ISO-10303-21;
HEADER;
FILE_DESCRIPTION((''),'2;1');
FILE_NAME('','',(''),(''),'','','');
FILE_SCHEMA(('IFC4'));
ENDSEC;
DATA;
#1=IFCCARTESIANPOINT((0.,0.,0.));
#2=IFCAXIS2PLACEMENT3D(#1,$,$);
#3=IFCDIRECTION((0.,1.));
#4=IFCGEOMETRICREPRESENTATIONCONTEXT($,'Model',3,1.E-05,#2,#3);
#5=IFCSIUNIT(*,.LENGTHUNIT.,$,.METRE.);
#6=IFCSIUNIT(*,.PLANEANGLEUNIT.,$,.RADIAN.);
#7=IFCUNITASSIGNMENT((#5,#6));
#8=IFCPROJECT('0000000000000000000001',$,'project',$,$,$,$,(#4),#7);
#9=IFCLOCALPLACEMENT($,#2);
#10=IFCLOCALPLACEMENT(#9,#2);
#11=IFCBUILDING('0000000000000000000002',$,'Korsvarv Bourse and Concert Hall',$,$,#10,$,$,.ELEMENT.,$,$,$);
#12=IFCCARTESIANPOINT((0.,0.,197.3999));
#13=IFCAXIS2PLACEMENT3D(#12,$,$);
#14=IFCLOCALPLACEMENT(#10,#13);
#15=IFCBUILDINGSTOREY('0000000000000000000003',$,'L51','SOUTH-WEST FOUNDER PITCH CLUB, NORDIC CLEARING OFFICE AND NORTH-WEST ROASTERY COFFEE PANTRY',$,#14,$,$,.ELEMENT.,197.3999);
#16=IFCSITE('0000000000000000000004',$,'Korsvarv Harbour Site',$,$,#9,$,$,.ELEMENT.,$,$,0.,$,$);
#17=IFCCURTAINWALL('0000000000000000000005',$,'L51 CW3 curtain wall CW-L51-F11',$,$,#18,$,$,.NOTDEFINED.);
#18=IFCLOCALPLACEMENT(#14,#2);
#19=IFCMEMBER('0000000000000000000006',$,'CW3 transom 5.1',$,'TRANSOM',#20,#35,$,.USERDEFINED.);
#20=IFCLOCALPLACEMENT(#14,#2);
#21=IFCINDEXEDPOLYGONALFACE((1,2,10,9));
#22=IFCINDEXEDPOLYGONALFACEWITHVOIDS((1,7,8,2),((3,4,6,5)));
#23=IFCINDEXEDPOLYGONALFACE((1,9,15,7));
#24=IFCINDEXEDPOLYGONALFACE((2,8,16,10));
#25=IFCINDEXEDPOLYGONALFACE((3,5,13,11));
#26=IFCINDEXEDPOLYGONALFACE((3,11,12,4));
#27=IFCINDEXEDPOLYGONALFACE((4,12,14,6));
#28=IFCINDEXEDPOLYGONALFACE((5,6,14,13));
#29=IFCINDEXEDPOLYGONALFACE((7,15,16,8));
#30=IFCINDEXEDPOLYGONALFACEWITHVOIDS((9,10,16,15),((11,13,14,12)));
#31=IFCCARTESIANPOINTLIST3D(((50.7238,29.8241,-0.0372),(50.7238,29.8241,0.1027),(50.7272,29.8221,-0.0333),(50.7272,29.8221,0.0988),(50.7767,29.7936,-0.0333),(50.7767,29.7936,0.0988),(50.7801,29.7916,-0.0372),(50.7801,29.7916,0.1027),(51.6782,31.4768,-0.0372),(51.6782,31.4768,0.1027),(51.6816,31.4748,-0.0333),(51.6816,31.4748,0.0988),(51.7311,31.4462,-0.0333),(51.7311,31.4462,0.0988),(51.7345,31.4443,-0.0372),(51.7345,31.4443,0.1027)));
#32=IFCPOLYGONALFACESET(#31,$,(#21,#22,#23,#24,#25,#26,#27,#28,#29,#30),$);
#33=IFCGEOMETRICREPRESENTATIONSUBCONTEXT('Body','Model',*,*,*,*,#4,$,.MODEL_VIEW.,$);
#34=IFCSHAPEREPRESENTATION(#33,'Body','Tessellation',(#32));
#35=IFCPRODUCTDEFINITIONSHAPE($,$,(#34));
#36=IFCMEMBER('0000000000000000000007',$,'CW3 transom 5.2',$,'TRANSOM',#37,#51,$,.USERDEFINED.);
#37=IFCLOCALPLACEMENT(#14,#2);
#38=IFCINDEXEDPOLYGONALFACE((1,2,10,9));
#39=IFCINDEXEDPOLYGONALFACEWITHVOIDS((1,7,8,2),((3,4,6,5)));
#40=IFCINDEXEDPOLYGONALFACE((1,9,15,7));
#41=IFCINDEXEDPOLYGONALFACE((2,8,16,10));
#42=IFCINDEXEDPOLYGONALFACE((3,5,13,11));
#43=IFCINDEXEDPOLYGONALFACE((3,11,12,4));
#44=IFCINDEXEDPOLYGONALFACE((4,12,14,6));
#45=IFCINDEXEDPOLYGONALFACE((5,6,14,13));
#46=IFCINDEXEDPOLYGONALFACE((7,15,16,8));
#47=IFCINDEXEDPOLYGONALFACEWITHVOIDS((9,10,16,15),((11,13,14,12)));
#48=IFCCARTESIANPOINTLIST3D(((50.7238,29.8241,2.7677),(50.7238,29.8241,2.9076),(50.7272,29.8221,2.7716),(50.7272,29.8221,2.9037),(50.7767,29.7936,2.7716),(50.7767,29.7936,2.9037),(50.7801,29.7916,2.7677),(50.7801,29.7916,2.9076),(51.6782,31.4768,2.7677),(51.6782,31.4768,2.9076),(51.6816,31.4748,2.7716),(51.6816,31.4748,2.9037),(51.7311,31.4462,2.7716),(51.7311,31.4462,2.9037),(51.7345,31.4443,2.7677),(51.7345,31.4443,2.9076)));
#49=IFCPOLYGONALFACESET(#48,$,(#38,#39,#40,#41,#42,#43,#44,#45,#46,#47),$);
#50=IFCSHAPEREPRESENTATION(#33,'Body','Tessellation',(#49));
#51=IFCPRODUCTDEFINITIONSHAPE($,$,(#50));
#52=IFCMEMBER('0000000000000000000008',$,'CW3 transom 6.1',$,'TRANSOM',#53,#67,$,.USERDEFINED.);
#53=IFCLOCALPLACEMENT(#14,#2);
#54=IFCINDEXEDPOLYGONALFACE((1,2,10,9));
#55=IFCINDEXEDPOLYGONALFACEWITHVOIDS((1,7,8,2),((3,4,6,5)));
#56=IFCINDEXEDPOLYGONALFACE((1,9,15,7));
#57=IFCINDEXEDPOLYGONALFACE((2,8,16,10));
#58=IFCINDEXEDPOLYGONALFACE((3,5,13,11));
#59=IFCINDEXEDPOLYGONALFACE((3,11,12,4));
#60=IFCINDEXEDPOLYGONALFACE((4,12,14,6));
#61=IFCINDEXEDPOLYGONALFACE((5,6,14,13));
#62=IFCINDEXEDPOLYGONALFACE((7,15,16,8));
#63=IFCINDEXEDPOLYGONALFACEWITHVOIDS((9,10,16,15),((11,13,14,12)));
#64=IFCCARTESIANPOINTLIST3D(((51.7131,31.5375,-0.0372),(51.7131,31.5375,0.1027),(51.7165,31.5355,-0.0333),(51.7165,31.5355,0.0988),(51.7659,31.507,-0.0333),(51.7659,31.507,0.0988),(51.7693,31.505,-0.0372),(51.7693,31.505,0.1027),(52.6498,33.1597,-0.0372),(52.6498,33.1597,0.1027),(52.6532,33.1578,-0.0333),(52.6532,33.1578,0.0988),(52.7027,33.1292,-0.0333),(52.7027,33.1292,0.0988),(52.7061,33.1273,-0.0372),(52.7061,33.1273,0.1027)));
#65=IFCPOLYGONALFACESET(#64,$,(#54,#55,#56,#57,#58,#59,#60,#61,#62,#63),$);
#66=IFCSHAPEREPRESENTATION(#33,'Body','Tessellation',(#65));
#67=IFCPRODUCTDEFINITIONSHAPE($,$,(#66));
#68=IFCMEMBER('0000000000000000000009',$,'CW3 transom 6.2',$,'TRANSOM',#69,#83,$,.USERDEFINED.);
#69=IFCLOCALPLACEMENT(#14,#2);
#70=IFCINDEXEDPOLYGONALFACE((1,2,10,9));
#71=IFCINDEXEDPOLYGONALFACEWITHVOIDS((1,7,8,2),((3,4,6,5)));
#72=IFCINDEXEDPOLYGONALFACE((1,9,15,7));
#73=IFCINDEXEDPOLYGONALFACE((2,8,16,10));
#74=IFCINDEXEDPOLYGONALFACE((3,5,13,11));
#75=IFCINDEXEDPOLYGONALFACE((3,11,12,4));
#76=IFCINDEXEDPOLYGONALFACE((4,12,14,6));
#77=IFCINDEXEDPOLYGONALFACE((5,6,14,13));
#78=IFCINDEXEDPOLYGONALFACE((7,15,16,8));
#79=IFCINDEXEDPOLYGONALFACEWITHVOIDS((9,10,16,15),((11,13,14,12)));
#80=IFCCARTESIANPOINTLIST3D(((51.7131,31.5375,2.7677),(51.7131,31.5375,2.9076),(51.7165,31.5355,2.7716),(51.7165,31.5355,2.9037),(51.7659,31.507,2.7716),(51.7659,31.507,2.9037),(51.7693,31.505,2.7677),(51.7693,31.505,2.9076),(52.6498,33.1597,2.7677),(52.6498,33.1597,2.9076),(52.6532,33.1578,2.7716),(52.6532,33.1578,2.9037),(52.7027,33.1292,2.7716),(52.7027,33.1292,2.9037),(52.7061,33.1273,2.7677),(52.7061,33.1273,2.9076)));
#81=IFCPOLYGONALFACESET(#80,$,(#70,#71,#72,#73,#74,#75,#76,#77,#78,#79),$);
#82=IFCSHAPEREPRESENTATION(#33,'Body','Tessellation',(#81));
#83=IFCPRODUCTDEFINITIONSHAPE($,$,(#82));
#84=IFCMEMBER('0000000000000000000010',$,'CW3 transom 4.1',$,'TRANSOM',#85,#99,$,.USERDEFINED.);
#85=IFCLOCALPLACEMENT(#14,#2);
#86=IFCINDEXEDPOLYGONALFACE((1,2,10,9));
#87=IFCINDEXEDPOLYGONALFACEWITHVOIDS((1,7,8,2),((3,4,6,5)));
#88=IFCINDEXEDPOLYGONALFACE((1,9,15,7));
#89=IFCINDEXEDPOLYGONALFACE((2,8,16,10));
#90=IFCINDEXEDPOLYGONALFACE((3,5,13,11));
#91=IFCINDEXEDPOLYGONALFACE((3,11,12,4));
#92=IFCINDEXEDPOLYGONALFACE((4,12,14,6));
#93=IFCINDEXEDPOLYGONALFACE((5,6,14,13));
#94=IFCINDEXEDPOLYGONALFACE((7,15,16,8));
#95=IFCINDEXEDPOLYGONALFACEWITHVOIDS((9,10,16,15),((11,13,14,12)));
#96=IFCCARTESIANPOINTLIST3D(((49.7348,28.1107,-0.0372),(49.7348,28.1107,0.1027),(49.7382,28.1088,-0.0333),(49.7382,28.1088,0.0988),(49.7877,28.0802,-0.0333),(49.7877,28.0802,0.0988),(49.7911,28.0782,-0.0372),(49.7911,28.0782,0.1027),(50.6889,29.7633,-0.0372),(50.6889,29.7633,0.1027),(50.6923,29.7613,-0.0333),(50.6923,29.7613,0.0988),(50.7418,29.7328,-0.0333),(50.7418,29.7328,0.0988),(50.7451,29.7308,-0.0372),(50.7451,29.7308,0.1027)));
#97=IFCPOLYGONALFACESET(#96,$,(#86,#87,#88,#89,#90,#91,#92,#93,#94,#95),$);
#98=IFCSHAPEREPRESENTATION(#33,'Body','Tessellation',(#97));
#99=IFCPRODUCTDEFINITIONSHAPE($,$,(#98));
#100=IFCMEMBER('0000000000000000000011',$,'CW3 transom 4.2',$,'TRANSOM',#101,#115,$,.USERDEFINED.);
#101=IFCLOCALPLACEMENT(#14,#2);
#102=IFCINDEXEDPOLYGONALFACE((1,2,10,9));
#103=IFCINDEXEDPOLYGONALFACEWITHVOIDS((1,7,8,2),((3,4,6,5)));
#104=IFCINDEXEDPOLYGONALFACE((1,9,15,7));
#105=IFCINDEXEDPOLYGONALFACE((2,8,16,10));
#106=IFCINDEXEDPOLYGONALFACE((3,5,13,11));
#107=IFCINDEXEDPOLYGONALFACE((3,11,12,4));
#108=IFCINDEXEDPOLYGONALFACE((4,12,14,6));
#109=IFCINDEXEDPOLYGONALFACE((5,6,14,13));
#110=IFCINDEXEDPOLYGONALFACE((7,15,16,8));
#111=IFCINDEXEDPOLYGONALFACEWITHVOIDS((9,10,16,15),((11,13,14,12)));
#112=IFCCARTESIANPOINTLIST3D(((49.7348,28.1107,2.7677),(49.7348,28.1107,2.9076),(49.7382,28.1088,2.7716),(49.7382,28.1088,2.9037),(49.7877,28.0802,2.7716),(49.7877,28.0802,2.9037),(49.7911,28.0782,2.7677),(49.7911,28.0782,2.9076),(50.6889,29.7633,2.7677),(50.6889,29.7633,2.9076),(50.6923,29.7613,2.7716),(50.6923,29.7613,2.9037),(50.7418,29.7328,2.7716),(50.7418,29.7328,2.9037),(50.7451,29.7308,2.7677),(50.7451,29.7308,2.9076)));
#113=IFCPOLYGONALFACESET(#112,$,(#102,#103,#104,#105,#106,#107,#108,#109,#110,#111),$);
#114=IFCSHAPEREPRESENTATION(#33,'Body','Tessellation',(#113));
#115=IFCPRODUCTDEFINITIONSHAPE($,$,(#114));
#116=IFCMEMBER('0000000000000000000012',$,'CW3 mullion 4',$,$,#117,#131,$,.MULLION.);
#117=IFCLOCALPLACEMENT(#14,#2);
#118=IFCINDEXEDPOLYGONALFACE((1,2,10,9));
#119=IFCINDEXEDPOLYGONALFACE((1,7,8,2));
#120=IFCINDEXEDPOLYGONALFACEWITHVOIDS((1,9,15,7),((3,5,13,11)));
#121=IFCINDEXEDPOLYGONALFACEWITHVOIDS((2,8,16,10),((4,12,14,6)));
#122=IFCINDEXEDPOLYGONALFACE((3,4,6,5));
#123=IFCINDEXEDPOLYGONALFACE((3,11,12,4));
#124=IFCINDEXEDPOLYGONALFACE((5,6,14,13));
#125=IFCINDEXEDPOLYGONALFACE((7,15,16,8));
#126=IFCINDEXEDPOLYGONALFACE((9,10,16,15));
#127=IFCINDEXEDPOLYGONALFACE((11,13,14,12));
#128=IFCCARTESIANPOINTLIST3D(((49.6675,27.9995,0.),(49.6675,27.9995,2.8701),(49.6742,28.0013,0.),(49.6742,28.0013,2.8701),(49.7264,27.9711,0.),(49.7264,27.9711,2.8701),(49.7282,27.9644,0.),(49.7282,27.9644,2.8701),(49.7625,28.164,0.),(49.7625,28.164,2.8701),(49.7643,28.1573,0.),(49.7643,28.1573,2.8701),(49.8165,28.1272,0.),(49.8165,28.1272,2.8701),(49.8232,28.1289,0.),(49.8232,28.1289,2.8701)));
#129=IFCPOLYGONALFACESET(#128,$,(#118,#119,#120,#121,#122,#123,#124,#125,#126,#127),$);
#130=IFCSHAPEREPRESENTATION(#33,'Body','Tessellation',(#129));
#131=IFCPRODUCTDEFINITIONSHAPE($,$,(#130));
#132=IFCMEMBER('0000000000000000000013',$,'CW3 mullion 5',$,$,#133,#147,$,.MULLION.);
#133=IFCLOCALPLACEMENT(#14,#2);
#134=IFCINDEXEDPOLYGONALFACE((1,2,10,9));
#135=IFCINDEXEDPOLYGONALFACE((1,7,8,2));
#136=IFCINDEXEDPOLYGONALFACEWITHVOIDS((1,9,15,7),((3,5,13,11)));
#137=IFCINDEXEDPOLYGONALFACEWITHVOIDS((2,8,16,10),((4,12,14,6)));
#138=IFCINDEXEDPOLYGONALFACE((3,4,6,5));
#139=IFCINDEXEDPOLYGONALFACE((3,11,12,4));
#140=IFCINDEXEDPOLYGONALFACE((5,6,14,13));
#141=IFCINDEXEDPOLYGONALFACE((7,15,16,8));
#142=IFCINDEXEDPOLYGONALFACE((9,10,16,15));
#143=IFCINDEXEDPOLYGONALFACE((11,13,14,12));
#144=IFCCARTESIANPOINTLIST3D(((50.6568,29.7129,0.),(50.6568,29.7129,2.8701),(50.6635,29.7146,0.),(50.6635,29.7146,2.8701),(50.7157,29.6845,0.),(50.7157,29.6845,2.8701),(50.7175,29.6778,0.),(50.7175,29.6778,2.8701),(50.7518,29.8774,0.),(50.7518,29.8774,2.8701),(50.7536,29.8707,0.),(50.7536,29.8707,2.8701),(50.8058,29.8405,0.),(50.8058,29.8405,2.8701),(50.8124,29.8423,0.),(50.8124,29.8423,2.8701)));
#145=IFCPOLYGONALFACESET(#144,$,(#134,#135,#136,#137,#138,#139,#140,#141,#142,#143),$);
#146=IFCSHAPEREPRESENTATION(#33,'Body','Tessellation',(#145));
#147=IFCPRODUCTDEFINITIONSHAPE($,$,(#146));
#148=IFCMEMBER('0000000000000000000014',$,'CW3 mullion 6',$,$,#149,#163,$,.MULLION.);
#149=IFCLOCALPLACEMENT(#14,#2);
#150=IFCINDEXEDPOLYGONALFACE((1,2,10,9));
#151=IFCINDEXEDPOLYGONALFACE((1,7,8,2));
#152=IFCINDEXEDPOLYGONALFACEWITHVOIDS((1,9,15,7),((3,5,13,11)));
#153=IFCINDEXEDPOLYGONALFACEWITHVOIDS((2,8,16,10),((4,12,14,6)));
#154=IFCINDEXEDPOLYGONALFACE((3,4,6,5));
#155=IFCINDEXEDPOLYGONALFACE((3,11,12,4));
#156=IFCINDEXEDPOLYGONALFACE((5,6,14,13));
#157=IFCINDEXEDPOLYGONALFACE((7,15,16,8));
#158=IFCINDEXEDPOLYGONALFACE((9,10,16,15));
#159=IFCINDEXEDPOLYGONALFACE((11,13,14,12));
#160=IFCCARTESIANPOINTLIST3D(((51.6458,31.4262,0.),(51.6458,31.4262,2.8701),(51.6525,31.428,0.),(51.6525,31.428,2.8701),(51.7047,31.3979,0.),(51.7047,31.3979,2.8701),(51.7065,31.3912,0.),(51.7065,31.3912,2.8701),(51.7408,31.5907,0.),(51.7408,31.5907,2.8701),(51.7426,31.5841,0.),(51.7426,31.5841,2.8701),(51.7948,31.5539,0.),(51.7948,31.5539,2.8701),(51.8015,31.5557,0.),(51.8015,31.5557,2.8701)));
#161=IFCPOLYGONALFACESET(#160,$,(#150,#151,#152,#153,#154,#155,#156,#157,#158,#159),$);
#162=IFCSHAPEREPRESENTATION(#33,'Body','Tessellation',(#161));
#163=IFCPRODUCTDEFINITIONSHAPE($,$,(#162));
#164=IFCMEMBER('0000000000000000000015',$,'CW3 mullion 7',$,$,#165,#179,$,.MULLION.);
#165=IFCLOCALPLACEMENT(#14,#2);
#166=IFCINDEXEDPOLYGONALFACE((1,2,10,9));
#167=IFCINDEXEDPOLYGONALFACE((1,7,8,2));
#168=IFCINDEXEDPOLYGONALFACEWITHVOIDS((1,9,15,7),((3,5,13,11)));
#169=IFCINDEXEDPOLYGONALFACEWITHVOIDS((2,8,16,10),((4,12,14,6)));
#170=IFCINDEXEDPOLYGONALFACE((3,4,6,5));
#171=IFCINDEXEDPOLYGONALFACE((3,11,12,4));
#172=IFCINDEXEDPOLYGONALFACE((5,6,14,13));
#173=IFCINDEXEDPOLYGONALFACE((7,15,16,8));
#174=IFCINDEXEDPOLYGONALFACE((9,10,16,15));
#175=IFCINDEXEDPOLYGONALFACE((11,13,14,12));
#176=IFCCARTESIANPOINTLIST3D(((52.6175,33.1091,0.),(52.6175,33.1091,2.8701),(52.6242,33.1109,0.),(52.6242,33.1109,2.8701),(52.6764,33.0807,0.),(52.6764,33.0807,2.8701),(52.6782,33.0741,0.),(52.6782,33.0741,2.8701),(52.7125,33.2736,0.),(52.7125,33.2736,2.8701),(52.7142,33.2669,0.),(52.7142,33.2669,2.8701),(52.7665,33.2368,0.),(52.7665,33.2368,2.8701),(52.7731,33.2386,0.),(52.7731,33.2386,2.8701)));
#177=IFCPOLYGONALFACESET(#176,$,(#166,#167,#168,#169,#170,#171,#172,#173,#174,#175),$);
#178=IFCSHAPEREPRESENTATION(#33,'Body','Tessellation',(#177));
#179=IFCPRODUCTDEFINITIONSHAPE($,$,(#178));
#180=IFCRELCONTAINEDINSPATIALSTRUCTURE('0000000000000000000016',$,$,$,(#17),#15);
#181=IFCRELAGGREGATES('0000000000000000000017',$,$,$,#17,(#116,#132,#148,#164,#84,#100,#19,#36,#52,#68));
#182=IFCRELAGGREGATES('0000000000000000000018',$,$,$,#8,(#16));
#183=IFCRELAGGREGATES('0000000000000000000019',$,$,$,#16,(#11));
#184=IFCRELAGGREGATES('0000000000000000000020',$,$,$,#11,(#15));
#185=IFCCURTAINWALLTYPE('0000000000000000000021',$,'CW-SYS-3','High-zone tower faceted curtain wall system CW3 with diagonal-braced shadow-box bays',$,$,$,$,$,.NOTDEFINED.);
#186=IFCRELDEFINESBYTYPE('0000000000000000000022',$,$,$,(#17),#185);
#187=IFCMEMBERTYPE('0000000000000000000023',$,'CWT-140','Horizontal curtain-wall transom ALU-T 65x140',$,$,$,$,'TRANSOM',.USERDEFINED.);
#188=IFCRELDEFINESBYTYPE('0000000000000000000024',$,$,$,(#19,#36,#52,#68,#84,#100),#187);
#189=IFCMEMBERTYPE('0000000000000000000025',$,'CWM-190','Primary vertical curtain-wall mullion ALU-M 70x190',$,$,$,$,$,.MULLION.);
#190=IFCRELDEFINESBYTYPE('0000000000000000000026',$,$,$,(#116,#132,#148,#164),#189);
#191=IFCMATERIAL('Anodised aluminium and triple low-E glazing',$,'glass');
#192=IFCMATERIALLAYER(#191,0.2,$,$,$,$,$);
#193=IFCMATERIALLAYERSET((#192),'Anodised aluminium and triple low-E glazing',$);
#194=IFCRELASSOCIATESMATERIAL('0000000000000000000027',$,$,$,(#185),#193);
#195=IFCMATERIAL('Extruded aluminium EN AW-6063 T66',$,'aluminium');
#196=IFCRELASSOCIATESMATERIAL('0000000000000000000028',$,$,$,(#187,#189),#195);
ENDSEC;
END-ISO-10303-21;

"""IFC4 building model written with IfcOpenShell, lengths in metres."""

from ifc_helpers import new_model, si_unit, direction, frame, origin, origin_2d, place, context, subcontext, project, spatial, hollow_rectangle, extrude, source, transform, mapped, material, layer, layer_set, material_profile, profile_set, type_object, element, aggregate, save


model = new_model("IFC4")

# Units and contexts
model_context = context("Model", 3, precision=1e-05, world=origin(), true_north=direction((0.0, 1.0)))
body_context = subcontext(model_context, "Body", "Model", "MODEL_VIEW")
ifc_project = project(units=[si_unit("LENGTHUNIT", "METRE"), si_unit("PLANEANGLEUNIT", "RADIAN")], contexts=[model_context])

# Site, building, storey
site_placement = place(None, origin())
site = spatial("IfcSite", under=ifc_project, at=site_placement, Name="Korsvarv Harbour Site", CompositionType="ELEMENT", RefElevation=0.0)
building_placement = place(site_placement, origin())
building = spatial("IfcBuilding", under=site, at=building_placement, Name="Korsvarv Bourse and Concert Hall", CompositionType="ELEMENT")
storey_placement = place(building_placement, frame((0.0, 0.0, 197.3999)))
storey = spatial("IfcBuildingStorey", under=building, at=storey_placement, Name="L51", Description="SOUTH-WEST FOUNDER PITCH CLUB, NORDIC CLEARING OFFICE AND NORTH-WEST ROASTERY COFFEE PANTRY", CompositionType="ELEMENT", Elevation=197.3999)

# Curtain wall, members
ifc_material_1 = material(Name="Anodised aluminium and triple low-E glazing", Category="glass")
ifc_layer_1 = layer(ifc_material_1, 0.2)
ifc_layer_set_1 = layer_set([ifc_layer_1], Name="Anodised aluminium and triple low-E glazing")
curtain_wall_type = type_object("IfcCurtainWallType", Name="CW-SYS-3", Description="High-zone tower faceted curtain wall system CW3 with diagonal-braced shadow-box bays", PredefinedType="NOTDEFINED", material=ifc_layer_set_1)
curtain_wall_placement = place(storey_placement, origin())
curtain_wall = element("IfcCurtainWall", 1, at=curtain_wall_placement, inside=storey, type_object=curtain_wall_type, Name="L51 CW3 curtain wall CW-L51-F11", PredefinedType="NOTDEFINED")
ifc_material_2 = material(Name="Extruded aluminium EN AW-6063 T66", Category="aluminium")
ifc_material_profile_1 = material_profile(ifc_material_2, hollow_rectangle(XDim=0.0649, YDim=0.1399, WallThickness=0.0039, at=origin_2d()), Name="ALU-T 65x140")
ifc_profile_set_1 = profile_set([ifc_material_profile_1], Name="Extruded aluminium EN AW-6063 T66")
member_type_1 = type_object("IfcMemberType", Name="CWT-140", Description="Horizontal curtain-wall transom ALU-T 65x140", ElementType="TRANSOM", PredefinedType="USERDEFINED", material=ifc_profile_set_1)
shared_shape_1 = source(origin(), body_context, "Body", "SweptSolid", [
    extrude(hollow_rectangle(XDim=0.0649, YDim=0.1399, WallThickness=0.0039, at=origin_2d()), origin(), (0.0, 0.0, 1.0), 1.9084),
])
member_1_placement = place(storey_placement, frame((50.752, 29.8079, 0.0327), z_axis=(0.500088, 0.865975, 0.0), x_axis=(-0.865975, 0.500088, 0.0)))
member_1 = element("IfcMember", 2, at=member_1_placement, type_object=member_type_1, Name="CW3 transom 5.1", ObjectType="TRANSOM", PredefinedType="USERDEFINED", context=body_context, shape_type="MappedRepresentation", body=[
    mapped(shared_shape_1, transform((0.0, 0.0, 0.0), scale=1.0)),
])
member_2_placement = place(storey_placement, frame((50.752, 29.8079, 2.8376), z_axis=(0.500088, 0.865975, 0.0), x_axis=(-0.865975, 0.500088, 0.0)))
member_2 = element("IfcMember", 3, at=member_2_placement, type_object=member_type_1, Name="CW3 transom 5.2", ObjectType="TRANSOM", PredefinedType="USERDEFINED", context=body_context, shape_type="MappedRepresentation", body=[
    mapped(shared_shape_1, transform((0.0, 0.0, 0.0), scale=1.0)),
])
shared_shape_2 = source(origin(), body_context, "Body", "SweptSolid", [
    extrude(hollow_rectangle(XDim=0.0649, YDim=0.1399, WallThickness=0.0039, at=origin_2d()), origin(), (0.0, 0.0, 1.0), 1.8733),
])
member_3_placement = place(storey_placement, frame((51.7412, 31.5212, 0.0327), z_axis=(0.50005, 0.865997, 0.0), x_axis=(-0.865997, 0.50005, 0.0)))
member_3 = element("IfcMember", 4, at=member_3_placement, type_object=member_type_1, Name="CW3 transom 6.1", ObjectType="TRANSOM", PredefinedType="USERDEFINED", context=body_context, shape_type="MappedRepresentation", body=[
    mapped(shared_shape_2, transform((0.0, 0.0, 0.0), scale=1.0)),
])
member_4_placement = place(storey_placement, frame((51.7412, 31.5212, 2.8376), z_axis=(0.50005, 0.865997, 0.0), x_axis=(-0.865997, 0.50005, 0.0)))
member_4 = element("IfcMember", 5, at=member_4_placement, type_object=member_type_1, Name="CW3 transom 6.2", ObjectType="TRANSOM", PredefinedType="USERDEFINED", context=body_context, shape_type="MappedRepresentation", body=[
    mapped(shared_shape_2, transform((0.0, 0.0, 0.0), scale=1.0)),
])
shared_shape_3 = source(origin(), body_context, "Body", "SweptSolid", [
    extrude(hollow_rectangle(XDim=0.0649, YDim=0.1399, WallThickness=0.0039, at=origin_2d()), origin(), (0.0, 0.0, 1.0), 1.9082),
])
member_5_placement = place(storey_placement, frame((49.7629, 28.0945, 0.0327), z_axis=(0.499992, 0.86603, 0.0), x_axis=(-0.86603, 0.499992, 0.0)))
member_5 = element("IfcMember", 6, at=member_5_placement, type_object=member_type_1, Name="CW3 transom 4.1", ObjectType="TRANSOM", PredefinedType="USERDEFINED", context=body_context, shape_type="MappedRepresentation", body=[
    mapped(shared_shape_3, transform((0.0, 0.0, 0.0), scale=1.0)),
])
member_6_placement = place(storey_placement, frame((49.7629, 28.0945, 2.8376), z_axis=(0.499992, 0.86603, 0.0), x_axis=(-0.86603, 0.499992, 0.0)))
member_6 = element("IfcMember", 7, at=member_6_placement, type_object=member_type_1, Name="CW3 transom 4.2", ObjectType="TRANSOM", PredefinedType="USERDEFINED", context=body_context, shape_type="MappedRepresentation", body=[
    mapped(shared_shape_3, transform((0.0, 0.0, 0.0), scale=1.0)),
])
ifc_material_profile_2 = material_profile(ifc_material_2, hollow_rectangle(XDim=0.0701, YDim=0.1899, WallThickness=0.0049, at=origin_2d()), Name="ALU-M 70x190")
ifc_profile_set_2 = profile_set([ifc_material_profile_2], Name="Extruded aluminium EN AW-6063 T66")
member_type_2 = type_object("IfcMemberType", Name="CWM-190", Description="Primary vertical curtain-wall mullion ALU-M 70x190", PredefinedType="MULLION", material=ifc_profile_set_2)
shared_shape_4 = source(origin(), body_context, "Body", "SweptSolid", [
    extrude(hollow_rectangle(XDim=0.0701, YDim=0.1899, WallThickness=0.0049, at=origin_2d()), origin(), (0.0, 0.0, 1.0), 2.8701),
])
member_7_placement = place(storey_placement, frame((49.7454, 28.0642, 0.0), z_axis=(0.0, 0.0, 1.0), x_axis=(-0.86603, 0.499993, 0.0)))
member_7 = element("IfcMember", 8, at=member_7_placement, type_object=member_type_2, Name="CW3 mullion 4", PredefinedType="MULLION", context=body_context, shape_type="MappedRepresentation", body=[
    mapped(shared_shape_4, transform((0.0, 0.0, 0.0), scale=1.0)),
])
member_8_placement = place(storey_placement, frame((50.7346, 29.7776, 0.0), z_axis=(0.0, 0.0, 1.0), x_axis=(-0.86603, 0.499993, 0.0)))
member_8 = element("IfcMember", 9, at=member_8_placement, type_object=member_type_2, Name="CW3 mullion 5", PredefinedType="MULLION", context=body_context, shape_type="MappedRepresentation", body=[
    mapped(shared_shape_4, transform((0.0, 0.0, 0.0), scale=1.0)),
])
member_9_placement = place(storey_placement, frame((51.7236, 31.491, 0.0), z_axis=(0.0, 0.0, 1.0), x_axis=(-0.86603, 0.499993, 0.0)))
member_9 = element("IfcMember", 10, at=member_9_placement, type_object=member_type_2, Name="CW3 mullion 6", PredefinedType="MULLION", context=body_context, shape_type="MappedRepresentation", body=[
    mapped(shared_shape_4, transform((0.0, 0.0, 0.0), scale=1.0)),
])
member_10_placement = place(storey_placement, frame((52.6953, 33.1738, 0.0), z_axis=(0.0, 0.0, 1.0), x_axis=(-0.86603, 0.499993, 0.0)))
member_10 = element("IfcMember", 11, at=member_10_placement, type_object=member_type_2, Name="CW3 mullion 7", PredefinedType="MULLION", context=body_context, shape_type="MappedRepresentation", body=[
    mapped(shared_shape_4, transform((0.0, 0.0, 0.0), scale=1.0)),
])
aggregate(curtain_wall, [member_7, member_8, member_9, member_10, member_5, member_6, member_1, member_2, member_3, member_4])

save(model, "model.ifc")
